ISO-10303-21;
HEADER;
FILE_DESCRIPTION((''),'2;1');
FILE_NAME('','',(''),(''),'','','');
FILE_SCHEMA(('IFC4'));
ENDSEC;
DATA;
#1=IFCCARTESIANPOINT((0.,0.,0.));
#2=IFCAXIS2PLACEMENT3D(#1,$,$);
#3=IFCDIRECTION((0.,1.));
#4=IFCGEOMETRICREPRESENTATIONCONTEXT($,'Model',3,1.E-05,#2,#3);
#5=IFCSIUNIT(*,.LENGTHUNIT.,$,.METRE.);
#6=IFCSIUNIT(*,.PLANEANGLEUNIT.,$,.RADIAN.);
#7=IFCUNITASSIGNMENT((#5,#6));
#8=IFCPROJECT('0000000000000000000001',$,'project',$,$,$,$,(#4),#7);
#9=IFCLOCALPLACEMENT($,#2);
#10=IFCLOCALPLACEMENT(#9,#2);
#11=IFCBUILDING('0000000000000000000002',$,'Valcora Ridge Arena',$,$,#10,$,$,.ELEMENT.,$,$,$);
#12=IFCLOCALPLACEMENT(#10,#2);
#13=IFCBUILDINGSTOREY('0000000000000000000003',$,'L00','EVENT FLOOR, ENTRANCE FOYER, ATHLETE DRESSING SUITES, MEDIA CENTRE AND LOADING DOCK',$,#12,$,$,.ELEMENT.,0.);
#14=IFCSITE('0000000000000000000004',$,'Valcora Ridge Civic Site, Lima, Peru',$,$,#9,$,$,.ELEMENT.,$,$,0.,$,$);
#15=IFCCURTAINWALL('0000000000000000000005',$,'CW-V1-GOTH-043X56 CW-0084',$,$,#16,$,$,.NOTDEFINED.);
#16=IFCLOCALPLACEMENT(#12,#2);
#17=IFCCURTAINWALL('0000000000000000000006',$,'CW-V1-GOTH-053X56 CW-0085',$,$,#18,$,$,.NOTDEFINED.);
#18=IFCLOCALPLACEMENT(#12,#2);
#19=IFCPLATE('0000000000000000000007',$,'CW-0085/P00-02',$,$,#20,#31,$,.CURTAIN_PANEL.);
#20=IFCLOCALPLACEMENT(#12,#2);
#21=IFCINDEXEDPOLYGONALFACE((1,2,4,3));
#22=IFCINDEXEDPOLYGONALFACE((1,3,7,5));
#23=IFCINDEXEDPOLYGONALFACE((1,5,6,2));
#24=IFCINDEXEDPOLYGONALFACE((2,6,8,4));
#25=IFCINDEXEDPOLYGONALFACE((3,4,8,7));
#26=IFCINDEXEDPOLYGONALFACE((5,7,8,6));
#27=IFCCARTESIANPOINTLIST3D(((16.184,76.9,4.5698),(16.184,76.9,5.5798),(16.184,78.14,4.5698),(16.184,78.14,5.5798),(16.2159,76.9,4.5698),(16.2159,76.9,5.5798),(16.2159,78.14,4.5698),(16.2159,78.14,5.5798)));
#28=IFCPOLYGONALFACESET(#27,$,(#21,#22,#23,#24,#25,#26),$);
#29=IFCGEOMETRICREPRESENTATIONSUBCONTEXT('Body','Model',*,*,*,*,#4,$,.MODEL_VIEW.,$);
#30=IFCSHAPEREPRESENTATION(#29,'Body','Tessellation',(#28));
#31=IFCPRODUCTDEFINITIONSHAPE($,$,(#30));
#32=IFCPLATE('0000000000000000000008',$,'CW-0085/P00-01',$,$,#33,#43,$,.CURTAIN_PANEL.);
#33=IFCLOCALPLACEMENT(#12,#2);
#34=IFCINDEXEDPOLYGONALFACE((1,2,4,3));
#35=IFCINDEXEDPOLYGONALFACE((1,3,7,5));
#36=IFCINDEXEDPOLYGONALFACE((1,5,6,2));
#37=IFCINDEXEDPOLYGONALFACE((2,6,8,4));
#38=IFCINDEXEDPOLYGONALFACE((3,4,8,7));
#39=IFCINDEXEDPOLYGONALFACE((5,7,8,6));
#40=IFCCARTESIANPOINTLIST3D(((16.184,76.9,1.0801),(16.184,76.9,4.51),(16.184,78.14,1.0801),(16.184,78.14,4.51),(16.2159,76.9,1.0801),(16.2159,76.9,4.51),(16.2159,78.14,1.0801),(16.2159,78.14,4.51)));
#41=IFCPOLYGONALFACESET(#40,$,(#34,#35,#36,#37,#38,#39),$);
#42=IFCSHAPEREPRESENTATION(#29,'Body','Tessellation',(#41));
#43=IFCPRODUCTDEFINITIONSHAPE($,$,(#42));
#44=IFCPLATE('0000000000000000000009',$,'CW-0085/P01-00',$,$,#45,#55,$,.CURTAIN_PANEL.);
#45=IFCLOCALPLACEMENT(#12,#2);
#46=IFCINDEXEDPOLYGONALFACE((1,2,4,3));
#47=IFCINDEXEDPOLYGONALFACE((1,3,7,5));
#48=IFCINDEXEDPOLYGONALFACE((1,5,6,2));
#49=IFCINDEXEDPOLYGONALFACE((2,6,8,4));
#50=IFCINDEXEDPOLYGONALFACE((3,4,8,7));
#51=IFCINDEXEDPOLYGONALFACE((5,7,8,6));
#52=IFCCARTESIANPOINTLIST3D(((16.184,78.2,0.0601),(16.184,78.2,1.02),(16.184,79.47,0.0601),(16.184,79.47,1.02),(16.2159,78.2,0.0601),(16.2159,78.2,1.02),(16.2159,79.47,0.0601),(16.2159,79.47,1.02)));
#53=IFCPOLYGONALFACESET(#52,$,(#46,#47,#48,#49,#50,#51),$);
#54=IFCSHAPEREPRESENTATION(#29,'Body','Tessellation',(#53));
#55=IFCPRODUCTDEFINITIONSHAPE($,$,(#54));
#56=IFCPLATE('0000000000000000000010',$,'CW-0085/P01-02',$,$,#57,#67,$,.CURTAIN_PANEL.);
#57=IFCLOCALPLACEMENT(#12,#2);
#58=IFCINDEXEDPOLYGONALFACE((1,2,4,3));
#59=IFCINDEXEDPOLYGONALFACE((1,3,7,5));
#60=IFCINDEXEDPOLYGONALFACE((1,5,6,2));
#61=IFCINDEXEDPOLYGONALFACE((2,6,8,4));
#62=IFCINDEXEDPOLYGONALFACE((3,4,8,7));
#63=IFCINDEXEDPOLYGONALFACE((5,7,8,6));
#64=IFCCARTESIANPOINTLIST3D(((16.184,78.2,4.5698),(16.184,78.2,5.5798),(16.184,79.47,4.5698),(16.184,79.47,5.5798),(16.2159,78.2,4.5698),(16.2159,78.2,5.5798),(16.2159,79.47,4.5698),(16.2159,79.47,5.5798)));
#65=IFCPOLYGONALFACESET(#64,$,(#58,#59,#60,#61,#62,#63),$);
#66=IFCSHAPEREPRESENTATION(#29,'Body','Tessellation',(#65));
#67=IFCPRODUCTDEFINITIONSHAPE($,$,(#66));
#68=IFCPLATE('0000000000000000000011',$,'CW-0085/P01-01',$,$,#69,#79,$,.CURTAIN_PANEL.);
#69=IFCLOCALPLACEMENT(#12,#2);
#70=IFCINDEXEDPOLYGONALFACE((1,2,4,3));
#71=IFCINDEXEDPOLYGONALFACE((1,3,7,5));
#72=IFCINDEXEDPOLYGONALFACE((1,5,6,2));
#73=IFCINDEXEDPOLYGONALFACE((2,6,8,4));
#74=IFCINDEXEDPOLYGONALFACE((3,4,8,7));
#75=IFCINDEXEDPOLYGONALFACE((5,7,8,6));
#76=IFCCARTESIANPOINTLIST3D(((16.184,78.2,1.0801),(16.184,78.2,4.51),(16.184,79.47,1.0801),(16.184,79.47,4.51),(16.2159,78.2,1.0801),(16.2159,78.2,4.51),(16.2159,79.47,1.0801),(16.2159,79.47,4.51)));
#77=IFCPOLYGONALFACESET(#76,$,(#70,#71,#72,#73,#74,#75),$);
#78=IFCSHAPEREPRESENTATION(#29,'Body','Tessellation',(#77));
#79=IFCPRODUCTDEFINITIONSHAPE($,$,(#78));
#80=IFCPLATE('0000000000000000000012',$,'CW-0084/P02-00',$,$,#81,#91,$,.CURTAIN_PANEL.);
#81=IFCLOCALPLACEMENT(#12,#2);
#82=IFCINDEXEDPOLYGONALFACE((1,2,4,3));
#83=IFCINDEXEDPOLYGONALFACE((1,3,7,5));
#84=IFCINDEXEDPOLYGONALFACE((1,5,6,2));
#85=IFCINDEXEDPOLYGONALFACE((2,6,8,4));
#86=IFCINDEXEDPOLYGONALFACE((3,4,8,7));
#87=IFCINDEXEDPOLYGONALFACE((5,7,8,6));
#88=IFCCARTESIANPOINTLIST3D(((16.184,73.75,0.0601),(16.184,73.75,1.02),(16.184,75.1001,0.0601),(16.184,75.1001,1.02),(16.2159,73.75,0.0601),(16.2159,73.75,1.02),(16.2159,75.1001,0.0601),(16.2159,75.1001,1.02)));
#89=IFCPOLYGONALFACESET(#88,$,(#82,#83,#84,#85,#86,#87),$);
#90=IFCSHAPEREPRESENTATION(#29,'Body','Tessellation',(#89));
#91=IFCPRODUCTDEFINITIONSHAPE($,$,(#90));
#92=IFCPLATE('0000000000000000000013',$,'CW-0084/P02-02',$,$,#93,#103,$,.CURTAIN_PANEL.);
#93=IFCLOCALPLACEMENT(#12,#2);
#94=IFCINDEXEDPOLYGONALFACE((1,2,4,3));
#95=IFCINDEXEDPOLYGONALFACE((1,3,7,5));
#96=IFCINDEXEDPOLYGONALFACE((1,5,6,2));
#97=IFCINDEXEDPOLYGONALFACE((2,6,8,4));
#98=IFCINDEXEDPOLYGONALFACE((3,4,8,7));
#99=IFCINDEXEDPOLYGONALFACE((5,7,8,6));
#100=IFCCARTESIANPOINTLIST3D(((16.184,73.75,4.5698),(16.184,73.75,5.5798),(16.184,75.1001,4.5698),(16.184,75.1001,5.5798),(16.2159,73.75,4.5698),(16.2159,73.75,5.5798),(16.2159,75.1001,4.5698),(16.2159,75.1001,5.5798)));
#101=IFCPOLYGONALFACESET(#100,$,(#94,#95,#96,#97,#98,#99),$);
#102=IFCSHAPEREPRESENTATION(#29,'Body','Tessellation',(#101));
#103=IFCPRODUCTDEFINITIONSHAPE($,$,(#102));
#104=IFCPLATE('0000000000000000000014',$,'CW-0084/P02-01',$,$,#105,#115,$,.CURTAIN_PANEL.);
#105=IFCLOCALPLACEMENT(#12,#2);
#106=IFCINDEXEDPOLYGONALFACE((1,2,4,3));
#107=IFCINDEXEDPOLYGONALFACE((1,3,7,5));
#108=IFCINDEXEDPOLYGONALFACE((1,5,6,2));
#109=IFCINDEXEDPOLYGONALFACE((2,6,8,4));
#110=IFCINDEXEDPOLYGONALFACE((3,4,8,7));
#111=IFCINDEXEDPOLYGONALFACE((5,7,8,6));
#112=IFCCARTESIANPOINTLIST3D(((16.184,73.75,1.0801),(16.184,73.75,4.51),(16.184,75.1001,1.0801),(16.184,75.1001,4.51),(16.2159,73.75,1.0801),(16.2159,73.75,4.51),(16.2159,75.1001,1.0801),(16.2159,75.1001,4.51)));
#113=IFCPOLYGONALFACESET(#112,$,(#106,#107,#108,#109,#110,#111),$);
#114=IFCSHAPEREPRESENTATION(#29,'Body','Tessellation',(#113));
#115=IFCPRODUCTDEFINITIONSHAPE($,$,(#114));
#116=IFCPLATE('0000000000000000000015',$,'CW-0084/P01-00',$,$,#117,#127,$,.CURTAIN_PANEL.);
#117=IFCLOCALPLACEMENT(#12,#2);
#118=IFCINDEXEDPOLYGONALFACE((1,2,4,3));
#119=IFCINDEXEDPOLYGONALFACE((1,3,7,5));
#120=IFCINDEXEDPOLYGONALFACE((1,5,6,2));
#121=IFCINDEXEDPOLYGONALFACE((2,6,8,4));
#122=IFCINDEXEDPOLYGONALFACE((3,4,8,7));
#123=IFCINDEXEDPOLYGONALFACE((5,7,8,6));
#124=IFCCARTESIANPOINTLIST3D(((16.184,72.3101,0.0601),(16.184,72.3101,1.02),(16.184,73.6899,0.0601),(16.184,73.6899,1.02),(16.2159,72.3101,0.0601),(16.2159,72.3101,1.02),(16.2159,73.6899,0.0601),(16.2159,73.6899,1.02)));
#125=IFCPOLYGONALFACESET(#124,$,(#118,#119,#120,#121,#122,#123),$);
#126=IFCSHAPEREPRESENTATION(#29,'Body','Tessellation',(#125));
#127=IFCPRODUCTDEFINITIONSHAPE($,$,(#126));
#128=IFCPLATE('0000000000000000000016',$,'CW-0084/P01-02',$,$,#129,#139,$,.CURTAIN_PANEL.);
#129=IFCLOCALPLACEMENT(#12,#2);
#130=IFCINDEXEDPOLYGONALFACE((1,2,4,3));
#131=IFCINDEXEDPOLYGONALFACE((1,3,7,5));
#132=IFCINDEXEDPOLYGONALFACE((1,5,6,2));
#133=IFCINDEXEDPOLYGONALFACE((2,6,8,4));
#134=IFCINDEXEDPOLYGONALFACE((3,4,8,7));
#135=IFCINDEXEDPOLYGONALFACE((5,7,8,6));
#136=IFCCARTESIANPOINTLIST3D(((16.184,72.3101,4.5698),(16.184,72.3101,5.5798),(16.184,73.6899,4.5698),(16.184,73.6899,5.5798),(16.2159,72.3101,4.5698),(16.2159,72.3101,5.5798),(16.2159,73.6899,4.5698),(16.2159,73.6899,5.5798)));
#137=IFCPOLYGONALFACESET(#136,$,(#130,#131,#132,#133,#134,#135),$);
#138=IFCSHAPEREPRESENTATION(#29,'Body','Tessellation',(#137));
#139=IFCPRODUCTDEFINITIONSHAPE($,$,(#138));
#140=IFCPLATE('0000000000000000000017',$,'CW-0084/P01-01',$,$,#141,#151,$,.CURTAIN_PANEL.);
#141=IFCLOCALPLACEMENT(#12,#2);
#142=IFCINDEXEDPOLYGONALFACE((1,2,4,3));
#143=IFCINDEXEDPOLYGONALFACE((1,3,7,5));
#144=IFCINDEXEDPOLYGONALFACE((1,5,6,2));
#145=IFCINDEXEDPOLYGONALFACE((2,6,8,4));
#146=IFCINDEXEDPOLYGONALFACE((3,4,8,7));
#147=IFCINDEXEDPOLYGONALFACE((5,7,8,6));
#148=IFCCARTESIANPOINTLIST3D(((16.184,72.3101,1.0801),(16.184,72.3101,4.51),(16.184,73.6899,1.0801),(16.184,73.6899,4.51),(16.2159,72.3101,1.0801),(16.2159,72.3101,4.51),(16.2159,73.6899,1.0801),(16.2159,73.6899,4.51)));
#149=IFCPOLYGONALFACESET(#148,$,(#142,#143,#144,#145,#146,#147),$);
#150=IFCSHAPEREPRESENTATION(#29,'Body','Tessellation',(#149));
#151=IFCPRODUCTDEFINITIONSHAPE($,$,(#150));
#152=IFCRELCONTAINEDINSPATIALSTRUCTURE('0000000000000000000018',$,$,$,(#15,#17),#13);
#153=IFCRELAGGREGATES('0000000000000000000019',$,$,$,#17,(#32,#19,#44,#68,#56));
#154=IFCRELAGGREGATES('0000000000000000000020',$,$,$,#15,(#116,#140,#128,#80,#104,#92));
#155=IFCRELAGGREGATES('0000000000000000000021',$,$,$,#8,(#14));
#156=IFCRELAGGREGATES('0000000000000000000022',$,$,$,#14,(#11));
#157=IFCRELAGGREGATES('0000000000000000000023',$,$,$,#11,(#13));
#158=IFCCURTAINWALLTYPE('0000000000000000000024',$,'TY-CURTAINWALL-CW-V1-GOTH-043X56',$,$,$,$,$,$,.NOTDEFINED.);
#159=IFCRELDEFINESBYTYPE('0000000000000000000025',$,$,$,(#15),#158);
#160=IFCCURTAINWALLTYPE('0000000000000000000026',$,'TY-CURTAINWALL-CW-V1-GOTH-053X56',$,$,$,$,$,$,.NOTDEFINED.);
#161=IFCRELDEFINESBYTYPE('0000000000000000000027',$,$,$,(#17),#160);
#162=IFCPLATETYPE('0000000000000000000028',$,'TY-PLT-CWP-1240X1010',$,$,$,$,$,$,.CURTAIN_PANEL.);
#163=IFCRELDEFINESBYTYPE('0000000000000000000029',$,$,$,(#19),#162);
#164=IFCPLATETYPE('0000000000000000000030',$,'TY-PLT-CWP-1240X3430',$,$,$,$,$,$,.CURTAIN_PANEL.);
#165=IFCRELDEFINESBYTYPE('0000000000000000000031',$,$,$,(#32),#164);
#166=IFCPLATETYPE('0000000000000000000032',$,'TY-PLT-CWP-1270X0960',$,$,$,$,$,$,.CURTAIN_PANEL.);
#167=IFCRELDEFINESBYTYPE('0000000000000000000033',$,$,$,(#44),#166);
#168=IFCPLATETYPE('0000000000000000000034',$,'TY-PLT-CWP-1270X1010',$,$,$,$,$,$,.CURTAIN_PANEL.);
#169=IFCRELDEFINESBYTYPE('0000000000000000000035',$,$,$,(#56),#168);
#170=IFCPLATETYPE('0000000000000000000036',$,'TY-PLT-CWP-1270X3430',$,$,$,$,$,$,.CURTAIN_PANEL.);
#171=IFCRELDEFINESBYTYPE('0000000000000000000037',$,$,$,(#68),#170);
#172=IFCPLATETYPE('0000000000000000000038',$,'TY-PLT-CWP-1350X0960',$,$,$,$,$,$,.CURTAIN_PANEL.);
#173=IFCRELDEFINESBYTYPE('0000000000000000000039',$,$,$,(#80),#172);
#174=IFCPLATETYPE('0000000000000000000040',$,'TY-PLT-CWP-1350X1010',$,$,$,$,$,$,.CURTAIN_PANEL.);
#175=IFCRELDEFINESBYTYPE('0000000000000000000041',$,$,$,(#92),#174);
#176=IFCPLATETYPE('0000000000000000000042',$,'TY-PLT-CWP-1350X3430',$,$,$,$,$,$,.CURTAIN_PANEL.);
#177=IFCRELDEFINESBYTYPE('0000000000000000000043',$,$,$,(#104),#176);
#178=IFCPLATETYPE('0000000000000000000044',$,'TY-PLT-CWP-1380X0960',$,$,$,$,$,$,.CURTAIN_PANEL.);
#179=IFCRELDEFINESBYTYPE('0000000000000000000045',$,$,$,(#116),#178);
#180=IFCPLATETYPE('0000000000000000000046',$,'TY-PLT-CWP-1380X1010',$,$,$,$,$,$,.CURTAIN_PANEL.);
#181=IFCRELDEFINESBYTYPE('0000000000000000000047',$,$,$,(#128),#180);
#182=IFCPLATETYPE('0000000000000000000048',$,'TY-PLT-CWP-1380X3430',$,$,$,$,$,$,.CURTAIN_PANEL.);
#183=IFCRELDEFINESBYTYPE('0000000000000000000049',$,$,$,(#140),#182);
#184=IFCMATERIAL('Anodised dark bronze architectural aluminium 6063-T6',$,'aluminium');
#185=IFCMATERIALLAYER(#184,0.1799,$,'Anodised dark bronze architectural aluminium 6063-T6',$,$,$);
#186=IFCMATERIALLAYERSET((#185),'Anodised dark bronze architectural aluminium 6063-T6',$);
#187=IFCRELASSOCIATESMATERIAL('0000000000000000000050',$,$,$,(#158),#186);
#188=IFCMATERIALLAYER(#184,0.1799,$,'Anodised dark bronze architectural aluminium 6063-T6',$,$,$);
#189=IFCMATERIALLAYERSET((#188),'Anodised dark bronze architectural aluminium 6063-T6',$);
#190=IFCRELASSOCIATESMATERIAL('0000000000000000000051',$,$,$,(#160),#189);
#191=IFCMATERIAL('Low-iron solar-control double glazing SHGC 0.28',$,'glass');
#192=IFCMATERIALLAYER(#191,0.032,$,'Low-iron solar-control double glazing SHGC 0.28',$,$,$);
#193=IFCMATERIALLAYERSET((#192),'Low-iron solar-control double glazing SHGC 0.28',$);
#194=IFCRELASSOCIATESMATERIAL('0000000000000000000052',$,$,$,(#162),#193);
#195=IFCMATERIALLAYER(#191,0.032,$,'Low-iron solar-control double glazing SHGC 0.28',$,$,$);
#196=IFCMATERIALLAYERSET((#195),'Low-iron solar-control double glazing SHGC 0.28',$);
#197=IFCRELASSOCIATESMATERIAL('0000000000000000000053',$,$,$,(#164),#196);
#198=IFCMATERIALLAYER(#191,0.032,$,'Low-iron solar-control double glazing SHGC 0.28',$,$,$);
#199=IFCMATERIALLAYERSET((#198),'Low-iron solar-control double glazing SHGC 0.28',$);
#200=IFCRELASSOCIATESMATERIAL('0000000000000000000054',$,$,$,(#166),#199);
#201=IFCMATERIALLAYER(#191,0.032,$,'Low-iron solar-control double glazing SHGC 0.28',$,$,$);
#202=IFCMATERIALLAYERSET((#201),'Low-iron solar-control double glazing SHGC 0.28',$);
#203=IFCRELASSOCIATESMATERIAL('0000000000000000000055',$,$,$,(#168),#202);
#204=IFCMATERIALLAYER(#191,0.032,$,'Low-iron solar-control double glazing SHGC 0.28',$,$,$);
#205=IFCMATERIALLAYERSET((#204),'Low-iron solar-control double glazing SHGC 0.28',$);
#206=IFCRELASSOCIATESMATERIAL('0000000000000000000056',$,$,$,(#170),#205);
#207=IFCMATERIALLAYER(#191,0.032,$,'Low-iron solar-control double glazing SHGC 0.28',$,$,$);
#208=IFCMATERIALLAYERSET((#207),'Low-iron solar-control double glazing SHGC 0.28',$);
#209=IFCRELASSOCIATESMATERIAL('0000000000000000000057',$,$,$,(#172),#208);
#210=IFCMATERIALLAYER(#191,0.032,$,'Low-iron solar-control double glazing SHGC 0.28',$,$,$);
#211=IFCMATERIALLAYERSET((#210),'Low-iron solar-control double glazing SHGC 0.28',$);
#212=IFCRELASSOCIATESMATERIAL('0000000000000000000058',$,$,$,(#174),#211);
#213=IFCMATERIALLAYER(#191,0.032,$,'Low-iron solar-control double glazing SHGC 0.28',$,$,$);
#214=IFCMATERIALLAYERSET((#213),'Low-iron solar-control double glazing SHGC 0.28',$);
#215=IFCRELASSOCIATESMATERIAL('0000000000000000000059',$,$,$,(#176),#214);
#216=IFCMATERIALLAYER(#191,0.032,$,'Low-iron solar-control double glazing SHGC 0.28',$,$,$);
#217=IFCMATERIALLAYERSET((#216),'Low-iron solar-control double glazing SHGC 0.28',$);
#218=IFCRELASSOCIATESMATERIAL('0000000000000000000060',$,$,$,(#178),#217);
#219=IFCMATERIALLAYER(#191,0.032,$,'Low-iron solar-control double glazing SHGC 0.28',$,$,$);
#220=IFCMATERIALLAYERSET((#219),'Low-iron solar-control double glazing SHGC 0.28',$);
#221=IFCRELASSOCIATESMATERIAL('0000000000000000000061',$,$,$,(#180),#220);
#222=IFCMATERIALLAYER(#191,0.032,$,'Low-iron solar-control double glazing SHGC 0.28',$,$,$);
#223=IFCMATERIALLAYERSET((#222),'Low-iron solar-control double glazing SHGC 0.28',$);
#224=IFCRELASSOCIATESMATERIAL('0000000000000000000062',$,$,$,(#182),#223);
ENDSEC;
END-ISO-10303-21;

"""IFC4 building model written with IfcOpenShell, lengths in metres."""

from ifc_helpers import new_model, si_unit, direction, frame, origin, origin_2d, place, context, subcontext, project, spatial, rectangle, extrude, material, layer, layer_set, type_object, element, aggregate, save


model = new_model("IFC4")

# Units and contexts
model_context = context("Model", 3, precision=1e-05, world=origin(), true_north=direction((0.0, 1.0)))
body_context = subcontext(model_context, "Body", "Model", "MODEL_VIEW")
ifc_project = project(units=[si_unit("LENGTHUNIT", "METRE"), si_unit("PLANEANGLEUNIT", "RADIAN")], contexts=[model_context])

# Site, building, storey
site_placement = place(None, origin())
site = spatial("IfcSite", under=ifc_project, at=site_placement, Name="Valcora Ridge Civic Site, Lima, Peru", CompositionType="ELEMENT", RefElevation=0.0)
building_placement = place(site_placement, origin())
building = spatial("IfcBuilding", under=site, at=building_placement, Name="Valcora Ridge Arena", CompositionType="ELEMENT")
storey_placement = place(building_placement, origin())
storey = spatial("IfcBuildingStorey", under=building, at=storey_placement, Name="L00", Description="EVENT FLOOR, ENTRANCE FOYER, ATHLETE DRESSING SUITES, MEDIA CENTRE AND LOADING DOCK", CompositionType="ELEMENT", Elevation=0.0)

# Curtain walls
ifc_material_1 = material(Name="Anodised dark bronze architectural aluminium 6063-T6", Category="aluminium")
ifc_layer_1 = layer(ifc_material_1, 0.1799, Name="Anodised dark bronze architectural aluminium 6063-T6")
ifc_layer_set_1 = layer_set([ifc_layer_1], Name="Anodised dark bronze architectural aluminium 6063-T6")
curtain_wall_type_1 = type_object("IfcCurtainWallType", Name="TY-CURTAINWALL-CW-V1-GOTH-043X56", PredefinedType="NOTDEFINED", material=ifc_layer_set_1)
curtain_wall_1_placement = place(storey_placement, origin())
curtain_wall_1 = element("IfcCurtainWall", 1, at=curtain_wall_1_placement, inside=storey, type_object=curtain_wall_type_1, Name="CW-V1-GOTH-043X56 CW-0084", PredefinedType="NOTDEFINED")
ifc_layer_2 = layer(ifc_material_1, 0.1799, Name="Anodised dark bronze architectural aluminium 6063-T6")
ifc_layer_set_2 = layer_set([ifc_layer_2], Name="Anodised dark bronze architectural aluminium 6063-T6")
curtain_wall_type_2 = type_object("IfcCurtainWallType", Name="TY-CURTAINWALL-CW-V1-GOTH-053X56", PredefinedType="NOTDEFINED", material=ifc_layer_set_2)
curtain_wall_2_placement = place(storey_placement, origin())
curtain_wall_2 = element("IfcCurtainWall", 2, at=curtain_wall_2_placement, inside=storey, type_object=curtain_wall_type_2, Name="CW-V1-GOTH-053X56 CW-0085", PredefinedType="NOTDEFINED")

# Plates
ifc_material_2 = material(Name="Low-iron solar-control double glazing SHGC 0.28", Category="glass")
ifc_layer_3 = layer(ifc_material_2, 0.032, Name="Low-iron solar-control double glazing SHGC 0.28")
ifc_layer_set_3 = layer_set([ifc_layer_3], Name="Low-iron solar-control double glazing SHGC 0.28")
plate_type_1 = type_object("IfcPlateType", Name="TY-PLT-CWP-1240X1010", PredefinedType="CURTAIN_PANEL", material=ifc_layer_set_3)
plate_1_placement = place(storey_placement, frame((16.2, 77.52, 4.5698), z_axis=(0.0, 0.0, 1.0), x_axis=(0.0, 1.0, 0.0)))
plate_1 = element("IfcPlate", 3, at=plate_1_placement, type_object=plate_type_1, Name="CW-0085/P00-02", PredefinedType="CURTAIN_PANEL", context=body_context, shape_type="SweptSolid", body=[
    extrude(rectangle(XDim=1.24, YDim=0.032, at=origin_2d()), origin(), (0.0, 0.0, 1.0), 1.01),
])
ifc_layer_4 = layer(ifc_material_2, 0.032, Name="Low-iron solar-control double glazing SHGC 0.28")
ifc_layer_set_4 = layer_set([ifc_layer_4], Name="Low-iron solar-control double glazing SHGC 0.28")
plate_type_2 = type_object("IfcPlateType", Name="TY-PLT-CWP-1240X3430", PredefinedType="CURTAIN_PANEL", material=ifc_layer_set_4)
plate_2_placement = place(storey_placement, frame((16.2, 77.52, 1.0801), z_axis=(0.0, 0.0, 1.0), x_axis=(0.0, 1.0, 0.0)))
plate_2 = element("IfcPlate", 4, at=plate_2_placement, type_object=plate_type_2, Name="CW-0085/P00-01", PredefinedType="CURTAIN_PANEL", context=body_context, shape_type="SweptSolid", body=[
    extrude(rectangle(XDim=1.24, YDim=0.032, at=origin_2d()), origin(), (0.0, 0.0, 1.0), 3.4299),
])
ifc_layer_5 = layer(ifc_material_2, 0.032, Name="Low-iron solar-control double glazing SHGC 0.28")
ifc_layer_set_5 = layer_set([ifc_layer_5], Name="Low-iron solar-control double glazing SHGC 0.28")
plate_type_3 = type_object("IfcPlateType", Name="TY-PLT-CWP-1270X0960", PredefinedType="CURTAIN_PANEL", material=ifc_layer_set_5)
plate_3_placement = place(storey_placement, frame((16.2, 78.835, 0.0601), z_axis=(0.0, 0.0, 1.0), x_axis=(0.0, 1.0, 0.0)))
plate_3 = element("IfcPlate", 5, at=plate_3_placement, type_object=plate_type_3, Name="CW-0085/P01-00", PredefinedType="CURTAIN_PANEL", context=body_context, shape_type="SweptSolid", body=[
    extrude(rectangle(XDim=1.27, YDim=0.032, at=origin_2d()), origin(), (0.0, 0.0, 1.0), 0.96),
])
ifc_layer_6 = layer(ifc_material_2, 0.032, Name="Low-iron solar-control double glazing SHGC 0.28")
ifc_layer_set_6 = layer_set([ifc_layer_6], Name="Low-iron solar-control double glazing SHGC 0.28")
plate_type_4 = type_object("IfcPlateType", Name="TY-PLT-CWP-1270X1010", PredefinedType="CURTAIN_PANEL", material=ifc_layer_set_6)
plate_4_placement = place(storey_placement, frame((16.2, 78.835, 4.5698), z_axis=(0.0, 0.0, 1.0), x_axis=(0.0, 1.0, 0.0)))
plate_4 = element("IfcPlate", 6, at=plate_4_placement, type_object=plate_type_4, Name="CW-0085/P01-02", PredefinedType="CURTAIN_PANEL", context=body_context, shape_type="SweptSolid", body=[
    extrude(rectangle(XDim=1.27, YDim=0.032, at=origin_2d()), origin(), (0.0, 0.0, 1.0), 1.01),
])
ifc_layer_7 = layer(ifc_material_2, 0.032, Name="Low-iron solar-control double glazing SHGC 0.28")
ifc_layer_set_7 = layer_set([ifc_layer_7], Name="Low-iron solar-control double glazing SHGC 0.28")
plate_type_5 = type_object("IfcPlateType", Name="TY-PLT-CWP-1270X3430", PredefinedType="CURTAIN_PANEL", material=ifc_layer_set_7)
plate_5_placement = place(storey_placement, frame((16.2, 78.835, 1.0801), z_axis=(0.0, 0.0, 1.0), x_axis=(0.0, 1.0, 0.0)))
plate_5 = element("IfcPlate", 7, at=plate_5_placement, type_object=plate_type_5, Name="CW-0085/P01-01", PredefinedType="CURTAIN_PANEL", context=body_context, shape_type="SweptSolid", body=[
    extrude(rectangle(XDim=1.27, YDim=0.032, at=origin_2d()), origin(), (0.0, 0.0, 1.0), 3.4299),
])
aggregate(curtain_wall_2, [plate_2, plate_1, plate_3, plate_5, plate_4])
ifc_layer_8 = layer(ifc_material_2, 0.032, Name="Low-iron solar-control double glazing SHGC 0.28")
ifc_layer_set_8 = layer_set([ifc_layer_8], Name="Low-iron solar-control double glazing SHGC 0.28")
plate_type_6 = type_object("IfcPlateType", Name="TY-PLT-CWP-1350X0960", PredefinedType="CURTAIN_PANEL", material=ifc_layer_set_8)
plate_6_placement = place(storey_placement, frame((16.2, 74.425, 0.0601), z_axis=(0.0, 0.0, 1.0), x_axis=(0.0, 1.0, 0.0)))
plate_6 = element("IfcPlate", 8, at=plate_6_placement, type_object=plate_type_6, Name="CW-0084/P02-00", PredefinedType="CURTAIN_PANEL", context=body_context, shape_type="SweptSolid", body=[
    extrude(rectangle(XDim=1.3501, YDim=0.032, at=origin_2d()), origin(), (0.0, 0.0, 1.0), 0.96),
])
ifc_layer_9 = layer(ifc_material_2, 0.032, Name="Low-iron solar-control double glazing SHGC 0.28")
ifc_layer_set_9 = layer_set([ifc_layer_9], Name="Low-iron solar-control double glazing SHGC 0.28")
plate_type_7 = type_object("IfcPlateType", Name="TY-PLT-CWP-1350X1010", PredefinedType="CURTAIN_PANEL", material=ifc_layer_set_9)
plate_7_placement = place(storey_placement, frame((16.2, 74.425, 4.5698), z_axis=(0.0, 0.0, 1.0), x_axis=(0.0, 1.0, 0.0)))
plate_7 = element("IfcPlate", 9, at=plate_7_placement, type_object=plate_type_7, Name="CW-0084/P02-02", PredefinedType="CURTAIN_PANEL", context=body_context, shape_type="SweptSolid", body=[
    extrude(rectangle(XDim=1.3501, YDim=0.032, at=origin_2d()), origin(), (0.0, 0.0, 1.0), 1.01),
])
ifc_layer_10 = layer(ifc_material_2, 0.032, Name="Low-iron solar-control double glazing SHGC 0.28")
ifc_layer_set_10 = layer_set([ifc_layer_10], Name="Low-iron solar-control double glazing SHGC 0.28")
plate_type_8 = type_object("IfcPlateType", Name="TY-PLT-CWP-1350X3430", PredefinedType="CURTAIN_PANEL", material=ifc_layer_set_10)
plate_8_placement = place(storey_placement, frame((16.2, 74.425, 1.0801), z_axis=(0.0, 0.0, 1.0), x_axis=(0.0, 1.0, 0.0)))
plate_8 = element("IfcPlate", 10, at=plate_8_placement, type_object=plate_type_8, Name="CW-0084/P02-01", PredefinedType="CURTAIN_PANEL", context=body_context, shape_type="SweptSolid", body=[
    extrude(rectangle(XDim=1.3501, YDim=0.032, at=origin_2d()), origin(), (0.0, 0.0, 1.0), 3.4299),
])
ifc_layer_11 = layer(ifc_material_2, 0.032, Name="Low-iron solar-control double glazing SHGC 0.28")
ifc_layer_set_11 = layer_set([ifc_layer_11], Name="Low-iron solar-control double glazing SHGC 0.28")
plate_type_9 = type_object("IfcPlateType", Name="TY-PLT-CWP-1380X0960", PredefinedType="CURTAIN_PANEL", material=ifc_layer_set_11)
plate_9_placement = place(storey_placement, frame((16.2, 73.0, 0.0601), z_axis=(0.0, 0.0, 1.0), x_axis=(0.0, 1.0, 0.0)))
plate_9 = element("IfcPlate", 11, at=plate_9_placement, type_object=plate_type_9, Name="CW-0084/P01-00", PredefinedType="CURTAIN_PANEL", context=body_context, shape_type="SweptSolid", body=[
    extrude(rectangle(XDim=1.3799, YDim=0.032, at=origin_2d()), origin(), (0.0, 0.0, 1.0), 0.96),
])
ifc_layer_12 = layer(ifc_material_2, 0.032, Name="Low-iron solar-control double glazing SHGC 0.28")
ifc_layer_set_12 = layer_set([ifc_layer_12], Name="Low-iron solar-control double glazing SHGC 0.28")
plate_type_10 = type_object("IfcPlateType", Name="TY-PLT-CWP-1380X1010", PredefinedType="CURTAIN_PANEL", material=ifc_layer_set_12)
plate_10_placement = place(storey_placement, frame((16.2, 73.0, 4.5698), z_axis=(0.0, 0.0, 1.0), x_axis=(0.0, 1.0, 0.0)))
plate_10 = element("IfcPlate", 12, at=plate_10_placement, type_object=plate_type_10, Name="CW-0084/P01-02", PredefinedType="CURTAIN_PANEL", context=body_context, shape_type="SweptSolid", body=[
    extrude(rectangle(XDim=1.3799, YDim=0.032, at=origin_2d()), origin(), (0.0, 0.0, 1.0), 1.01),
])
ifc_layer_13 = layer(ifc_material_2, 0.032, Name="Low-iron solar-control double glazing SHGC 0.28")
ifc_layer_set_13 = layer_set([ifc_layer_13], Name="Low-iron solar-control double glazing SHGC 0.28")
plate_type_11 = type_object("IfcPlateType", Name="TY-PLT-CWP-1380X3430", PredefinedType="CURTAIN_PANEL", material=ifc_layer_set_13)
plate_11_placement = place(storey_placement, frame((16.2, 73.0, 1.0801), z_axis=(0.0, 0.0, 1.0), x_axis=(0.0, 1.0, 0.0)))
plate_11 = element("IfcPlate", 13, at=plate_11_placement, type_object=plate_type_11, Name="CW-0084/P01-01", PredefinedType="CURTAIN_PANEL", context=body_context, shape_type="SweptSolid", body=[
    extrude(rectangle(XDim=1.3799, YDim=0.032, at=origin_2d()), origin(), (0.0, 0.0, 1.0), 3.4299),
])
aggregate(curtain_wall_1, [plate_9, plate_11, plate_10, plate_6, plate_8, plate_7])

save(model, "model.ifc")
